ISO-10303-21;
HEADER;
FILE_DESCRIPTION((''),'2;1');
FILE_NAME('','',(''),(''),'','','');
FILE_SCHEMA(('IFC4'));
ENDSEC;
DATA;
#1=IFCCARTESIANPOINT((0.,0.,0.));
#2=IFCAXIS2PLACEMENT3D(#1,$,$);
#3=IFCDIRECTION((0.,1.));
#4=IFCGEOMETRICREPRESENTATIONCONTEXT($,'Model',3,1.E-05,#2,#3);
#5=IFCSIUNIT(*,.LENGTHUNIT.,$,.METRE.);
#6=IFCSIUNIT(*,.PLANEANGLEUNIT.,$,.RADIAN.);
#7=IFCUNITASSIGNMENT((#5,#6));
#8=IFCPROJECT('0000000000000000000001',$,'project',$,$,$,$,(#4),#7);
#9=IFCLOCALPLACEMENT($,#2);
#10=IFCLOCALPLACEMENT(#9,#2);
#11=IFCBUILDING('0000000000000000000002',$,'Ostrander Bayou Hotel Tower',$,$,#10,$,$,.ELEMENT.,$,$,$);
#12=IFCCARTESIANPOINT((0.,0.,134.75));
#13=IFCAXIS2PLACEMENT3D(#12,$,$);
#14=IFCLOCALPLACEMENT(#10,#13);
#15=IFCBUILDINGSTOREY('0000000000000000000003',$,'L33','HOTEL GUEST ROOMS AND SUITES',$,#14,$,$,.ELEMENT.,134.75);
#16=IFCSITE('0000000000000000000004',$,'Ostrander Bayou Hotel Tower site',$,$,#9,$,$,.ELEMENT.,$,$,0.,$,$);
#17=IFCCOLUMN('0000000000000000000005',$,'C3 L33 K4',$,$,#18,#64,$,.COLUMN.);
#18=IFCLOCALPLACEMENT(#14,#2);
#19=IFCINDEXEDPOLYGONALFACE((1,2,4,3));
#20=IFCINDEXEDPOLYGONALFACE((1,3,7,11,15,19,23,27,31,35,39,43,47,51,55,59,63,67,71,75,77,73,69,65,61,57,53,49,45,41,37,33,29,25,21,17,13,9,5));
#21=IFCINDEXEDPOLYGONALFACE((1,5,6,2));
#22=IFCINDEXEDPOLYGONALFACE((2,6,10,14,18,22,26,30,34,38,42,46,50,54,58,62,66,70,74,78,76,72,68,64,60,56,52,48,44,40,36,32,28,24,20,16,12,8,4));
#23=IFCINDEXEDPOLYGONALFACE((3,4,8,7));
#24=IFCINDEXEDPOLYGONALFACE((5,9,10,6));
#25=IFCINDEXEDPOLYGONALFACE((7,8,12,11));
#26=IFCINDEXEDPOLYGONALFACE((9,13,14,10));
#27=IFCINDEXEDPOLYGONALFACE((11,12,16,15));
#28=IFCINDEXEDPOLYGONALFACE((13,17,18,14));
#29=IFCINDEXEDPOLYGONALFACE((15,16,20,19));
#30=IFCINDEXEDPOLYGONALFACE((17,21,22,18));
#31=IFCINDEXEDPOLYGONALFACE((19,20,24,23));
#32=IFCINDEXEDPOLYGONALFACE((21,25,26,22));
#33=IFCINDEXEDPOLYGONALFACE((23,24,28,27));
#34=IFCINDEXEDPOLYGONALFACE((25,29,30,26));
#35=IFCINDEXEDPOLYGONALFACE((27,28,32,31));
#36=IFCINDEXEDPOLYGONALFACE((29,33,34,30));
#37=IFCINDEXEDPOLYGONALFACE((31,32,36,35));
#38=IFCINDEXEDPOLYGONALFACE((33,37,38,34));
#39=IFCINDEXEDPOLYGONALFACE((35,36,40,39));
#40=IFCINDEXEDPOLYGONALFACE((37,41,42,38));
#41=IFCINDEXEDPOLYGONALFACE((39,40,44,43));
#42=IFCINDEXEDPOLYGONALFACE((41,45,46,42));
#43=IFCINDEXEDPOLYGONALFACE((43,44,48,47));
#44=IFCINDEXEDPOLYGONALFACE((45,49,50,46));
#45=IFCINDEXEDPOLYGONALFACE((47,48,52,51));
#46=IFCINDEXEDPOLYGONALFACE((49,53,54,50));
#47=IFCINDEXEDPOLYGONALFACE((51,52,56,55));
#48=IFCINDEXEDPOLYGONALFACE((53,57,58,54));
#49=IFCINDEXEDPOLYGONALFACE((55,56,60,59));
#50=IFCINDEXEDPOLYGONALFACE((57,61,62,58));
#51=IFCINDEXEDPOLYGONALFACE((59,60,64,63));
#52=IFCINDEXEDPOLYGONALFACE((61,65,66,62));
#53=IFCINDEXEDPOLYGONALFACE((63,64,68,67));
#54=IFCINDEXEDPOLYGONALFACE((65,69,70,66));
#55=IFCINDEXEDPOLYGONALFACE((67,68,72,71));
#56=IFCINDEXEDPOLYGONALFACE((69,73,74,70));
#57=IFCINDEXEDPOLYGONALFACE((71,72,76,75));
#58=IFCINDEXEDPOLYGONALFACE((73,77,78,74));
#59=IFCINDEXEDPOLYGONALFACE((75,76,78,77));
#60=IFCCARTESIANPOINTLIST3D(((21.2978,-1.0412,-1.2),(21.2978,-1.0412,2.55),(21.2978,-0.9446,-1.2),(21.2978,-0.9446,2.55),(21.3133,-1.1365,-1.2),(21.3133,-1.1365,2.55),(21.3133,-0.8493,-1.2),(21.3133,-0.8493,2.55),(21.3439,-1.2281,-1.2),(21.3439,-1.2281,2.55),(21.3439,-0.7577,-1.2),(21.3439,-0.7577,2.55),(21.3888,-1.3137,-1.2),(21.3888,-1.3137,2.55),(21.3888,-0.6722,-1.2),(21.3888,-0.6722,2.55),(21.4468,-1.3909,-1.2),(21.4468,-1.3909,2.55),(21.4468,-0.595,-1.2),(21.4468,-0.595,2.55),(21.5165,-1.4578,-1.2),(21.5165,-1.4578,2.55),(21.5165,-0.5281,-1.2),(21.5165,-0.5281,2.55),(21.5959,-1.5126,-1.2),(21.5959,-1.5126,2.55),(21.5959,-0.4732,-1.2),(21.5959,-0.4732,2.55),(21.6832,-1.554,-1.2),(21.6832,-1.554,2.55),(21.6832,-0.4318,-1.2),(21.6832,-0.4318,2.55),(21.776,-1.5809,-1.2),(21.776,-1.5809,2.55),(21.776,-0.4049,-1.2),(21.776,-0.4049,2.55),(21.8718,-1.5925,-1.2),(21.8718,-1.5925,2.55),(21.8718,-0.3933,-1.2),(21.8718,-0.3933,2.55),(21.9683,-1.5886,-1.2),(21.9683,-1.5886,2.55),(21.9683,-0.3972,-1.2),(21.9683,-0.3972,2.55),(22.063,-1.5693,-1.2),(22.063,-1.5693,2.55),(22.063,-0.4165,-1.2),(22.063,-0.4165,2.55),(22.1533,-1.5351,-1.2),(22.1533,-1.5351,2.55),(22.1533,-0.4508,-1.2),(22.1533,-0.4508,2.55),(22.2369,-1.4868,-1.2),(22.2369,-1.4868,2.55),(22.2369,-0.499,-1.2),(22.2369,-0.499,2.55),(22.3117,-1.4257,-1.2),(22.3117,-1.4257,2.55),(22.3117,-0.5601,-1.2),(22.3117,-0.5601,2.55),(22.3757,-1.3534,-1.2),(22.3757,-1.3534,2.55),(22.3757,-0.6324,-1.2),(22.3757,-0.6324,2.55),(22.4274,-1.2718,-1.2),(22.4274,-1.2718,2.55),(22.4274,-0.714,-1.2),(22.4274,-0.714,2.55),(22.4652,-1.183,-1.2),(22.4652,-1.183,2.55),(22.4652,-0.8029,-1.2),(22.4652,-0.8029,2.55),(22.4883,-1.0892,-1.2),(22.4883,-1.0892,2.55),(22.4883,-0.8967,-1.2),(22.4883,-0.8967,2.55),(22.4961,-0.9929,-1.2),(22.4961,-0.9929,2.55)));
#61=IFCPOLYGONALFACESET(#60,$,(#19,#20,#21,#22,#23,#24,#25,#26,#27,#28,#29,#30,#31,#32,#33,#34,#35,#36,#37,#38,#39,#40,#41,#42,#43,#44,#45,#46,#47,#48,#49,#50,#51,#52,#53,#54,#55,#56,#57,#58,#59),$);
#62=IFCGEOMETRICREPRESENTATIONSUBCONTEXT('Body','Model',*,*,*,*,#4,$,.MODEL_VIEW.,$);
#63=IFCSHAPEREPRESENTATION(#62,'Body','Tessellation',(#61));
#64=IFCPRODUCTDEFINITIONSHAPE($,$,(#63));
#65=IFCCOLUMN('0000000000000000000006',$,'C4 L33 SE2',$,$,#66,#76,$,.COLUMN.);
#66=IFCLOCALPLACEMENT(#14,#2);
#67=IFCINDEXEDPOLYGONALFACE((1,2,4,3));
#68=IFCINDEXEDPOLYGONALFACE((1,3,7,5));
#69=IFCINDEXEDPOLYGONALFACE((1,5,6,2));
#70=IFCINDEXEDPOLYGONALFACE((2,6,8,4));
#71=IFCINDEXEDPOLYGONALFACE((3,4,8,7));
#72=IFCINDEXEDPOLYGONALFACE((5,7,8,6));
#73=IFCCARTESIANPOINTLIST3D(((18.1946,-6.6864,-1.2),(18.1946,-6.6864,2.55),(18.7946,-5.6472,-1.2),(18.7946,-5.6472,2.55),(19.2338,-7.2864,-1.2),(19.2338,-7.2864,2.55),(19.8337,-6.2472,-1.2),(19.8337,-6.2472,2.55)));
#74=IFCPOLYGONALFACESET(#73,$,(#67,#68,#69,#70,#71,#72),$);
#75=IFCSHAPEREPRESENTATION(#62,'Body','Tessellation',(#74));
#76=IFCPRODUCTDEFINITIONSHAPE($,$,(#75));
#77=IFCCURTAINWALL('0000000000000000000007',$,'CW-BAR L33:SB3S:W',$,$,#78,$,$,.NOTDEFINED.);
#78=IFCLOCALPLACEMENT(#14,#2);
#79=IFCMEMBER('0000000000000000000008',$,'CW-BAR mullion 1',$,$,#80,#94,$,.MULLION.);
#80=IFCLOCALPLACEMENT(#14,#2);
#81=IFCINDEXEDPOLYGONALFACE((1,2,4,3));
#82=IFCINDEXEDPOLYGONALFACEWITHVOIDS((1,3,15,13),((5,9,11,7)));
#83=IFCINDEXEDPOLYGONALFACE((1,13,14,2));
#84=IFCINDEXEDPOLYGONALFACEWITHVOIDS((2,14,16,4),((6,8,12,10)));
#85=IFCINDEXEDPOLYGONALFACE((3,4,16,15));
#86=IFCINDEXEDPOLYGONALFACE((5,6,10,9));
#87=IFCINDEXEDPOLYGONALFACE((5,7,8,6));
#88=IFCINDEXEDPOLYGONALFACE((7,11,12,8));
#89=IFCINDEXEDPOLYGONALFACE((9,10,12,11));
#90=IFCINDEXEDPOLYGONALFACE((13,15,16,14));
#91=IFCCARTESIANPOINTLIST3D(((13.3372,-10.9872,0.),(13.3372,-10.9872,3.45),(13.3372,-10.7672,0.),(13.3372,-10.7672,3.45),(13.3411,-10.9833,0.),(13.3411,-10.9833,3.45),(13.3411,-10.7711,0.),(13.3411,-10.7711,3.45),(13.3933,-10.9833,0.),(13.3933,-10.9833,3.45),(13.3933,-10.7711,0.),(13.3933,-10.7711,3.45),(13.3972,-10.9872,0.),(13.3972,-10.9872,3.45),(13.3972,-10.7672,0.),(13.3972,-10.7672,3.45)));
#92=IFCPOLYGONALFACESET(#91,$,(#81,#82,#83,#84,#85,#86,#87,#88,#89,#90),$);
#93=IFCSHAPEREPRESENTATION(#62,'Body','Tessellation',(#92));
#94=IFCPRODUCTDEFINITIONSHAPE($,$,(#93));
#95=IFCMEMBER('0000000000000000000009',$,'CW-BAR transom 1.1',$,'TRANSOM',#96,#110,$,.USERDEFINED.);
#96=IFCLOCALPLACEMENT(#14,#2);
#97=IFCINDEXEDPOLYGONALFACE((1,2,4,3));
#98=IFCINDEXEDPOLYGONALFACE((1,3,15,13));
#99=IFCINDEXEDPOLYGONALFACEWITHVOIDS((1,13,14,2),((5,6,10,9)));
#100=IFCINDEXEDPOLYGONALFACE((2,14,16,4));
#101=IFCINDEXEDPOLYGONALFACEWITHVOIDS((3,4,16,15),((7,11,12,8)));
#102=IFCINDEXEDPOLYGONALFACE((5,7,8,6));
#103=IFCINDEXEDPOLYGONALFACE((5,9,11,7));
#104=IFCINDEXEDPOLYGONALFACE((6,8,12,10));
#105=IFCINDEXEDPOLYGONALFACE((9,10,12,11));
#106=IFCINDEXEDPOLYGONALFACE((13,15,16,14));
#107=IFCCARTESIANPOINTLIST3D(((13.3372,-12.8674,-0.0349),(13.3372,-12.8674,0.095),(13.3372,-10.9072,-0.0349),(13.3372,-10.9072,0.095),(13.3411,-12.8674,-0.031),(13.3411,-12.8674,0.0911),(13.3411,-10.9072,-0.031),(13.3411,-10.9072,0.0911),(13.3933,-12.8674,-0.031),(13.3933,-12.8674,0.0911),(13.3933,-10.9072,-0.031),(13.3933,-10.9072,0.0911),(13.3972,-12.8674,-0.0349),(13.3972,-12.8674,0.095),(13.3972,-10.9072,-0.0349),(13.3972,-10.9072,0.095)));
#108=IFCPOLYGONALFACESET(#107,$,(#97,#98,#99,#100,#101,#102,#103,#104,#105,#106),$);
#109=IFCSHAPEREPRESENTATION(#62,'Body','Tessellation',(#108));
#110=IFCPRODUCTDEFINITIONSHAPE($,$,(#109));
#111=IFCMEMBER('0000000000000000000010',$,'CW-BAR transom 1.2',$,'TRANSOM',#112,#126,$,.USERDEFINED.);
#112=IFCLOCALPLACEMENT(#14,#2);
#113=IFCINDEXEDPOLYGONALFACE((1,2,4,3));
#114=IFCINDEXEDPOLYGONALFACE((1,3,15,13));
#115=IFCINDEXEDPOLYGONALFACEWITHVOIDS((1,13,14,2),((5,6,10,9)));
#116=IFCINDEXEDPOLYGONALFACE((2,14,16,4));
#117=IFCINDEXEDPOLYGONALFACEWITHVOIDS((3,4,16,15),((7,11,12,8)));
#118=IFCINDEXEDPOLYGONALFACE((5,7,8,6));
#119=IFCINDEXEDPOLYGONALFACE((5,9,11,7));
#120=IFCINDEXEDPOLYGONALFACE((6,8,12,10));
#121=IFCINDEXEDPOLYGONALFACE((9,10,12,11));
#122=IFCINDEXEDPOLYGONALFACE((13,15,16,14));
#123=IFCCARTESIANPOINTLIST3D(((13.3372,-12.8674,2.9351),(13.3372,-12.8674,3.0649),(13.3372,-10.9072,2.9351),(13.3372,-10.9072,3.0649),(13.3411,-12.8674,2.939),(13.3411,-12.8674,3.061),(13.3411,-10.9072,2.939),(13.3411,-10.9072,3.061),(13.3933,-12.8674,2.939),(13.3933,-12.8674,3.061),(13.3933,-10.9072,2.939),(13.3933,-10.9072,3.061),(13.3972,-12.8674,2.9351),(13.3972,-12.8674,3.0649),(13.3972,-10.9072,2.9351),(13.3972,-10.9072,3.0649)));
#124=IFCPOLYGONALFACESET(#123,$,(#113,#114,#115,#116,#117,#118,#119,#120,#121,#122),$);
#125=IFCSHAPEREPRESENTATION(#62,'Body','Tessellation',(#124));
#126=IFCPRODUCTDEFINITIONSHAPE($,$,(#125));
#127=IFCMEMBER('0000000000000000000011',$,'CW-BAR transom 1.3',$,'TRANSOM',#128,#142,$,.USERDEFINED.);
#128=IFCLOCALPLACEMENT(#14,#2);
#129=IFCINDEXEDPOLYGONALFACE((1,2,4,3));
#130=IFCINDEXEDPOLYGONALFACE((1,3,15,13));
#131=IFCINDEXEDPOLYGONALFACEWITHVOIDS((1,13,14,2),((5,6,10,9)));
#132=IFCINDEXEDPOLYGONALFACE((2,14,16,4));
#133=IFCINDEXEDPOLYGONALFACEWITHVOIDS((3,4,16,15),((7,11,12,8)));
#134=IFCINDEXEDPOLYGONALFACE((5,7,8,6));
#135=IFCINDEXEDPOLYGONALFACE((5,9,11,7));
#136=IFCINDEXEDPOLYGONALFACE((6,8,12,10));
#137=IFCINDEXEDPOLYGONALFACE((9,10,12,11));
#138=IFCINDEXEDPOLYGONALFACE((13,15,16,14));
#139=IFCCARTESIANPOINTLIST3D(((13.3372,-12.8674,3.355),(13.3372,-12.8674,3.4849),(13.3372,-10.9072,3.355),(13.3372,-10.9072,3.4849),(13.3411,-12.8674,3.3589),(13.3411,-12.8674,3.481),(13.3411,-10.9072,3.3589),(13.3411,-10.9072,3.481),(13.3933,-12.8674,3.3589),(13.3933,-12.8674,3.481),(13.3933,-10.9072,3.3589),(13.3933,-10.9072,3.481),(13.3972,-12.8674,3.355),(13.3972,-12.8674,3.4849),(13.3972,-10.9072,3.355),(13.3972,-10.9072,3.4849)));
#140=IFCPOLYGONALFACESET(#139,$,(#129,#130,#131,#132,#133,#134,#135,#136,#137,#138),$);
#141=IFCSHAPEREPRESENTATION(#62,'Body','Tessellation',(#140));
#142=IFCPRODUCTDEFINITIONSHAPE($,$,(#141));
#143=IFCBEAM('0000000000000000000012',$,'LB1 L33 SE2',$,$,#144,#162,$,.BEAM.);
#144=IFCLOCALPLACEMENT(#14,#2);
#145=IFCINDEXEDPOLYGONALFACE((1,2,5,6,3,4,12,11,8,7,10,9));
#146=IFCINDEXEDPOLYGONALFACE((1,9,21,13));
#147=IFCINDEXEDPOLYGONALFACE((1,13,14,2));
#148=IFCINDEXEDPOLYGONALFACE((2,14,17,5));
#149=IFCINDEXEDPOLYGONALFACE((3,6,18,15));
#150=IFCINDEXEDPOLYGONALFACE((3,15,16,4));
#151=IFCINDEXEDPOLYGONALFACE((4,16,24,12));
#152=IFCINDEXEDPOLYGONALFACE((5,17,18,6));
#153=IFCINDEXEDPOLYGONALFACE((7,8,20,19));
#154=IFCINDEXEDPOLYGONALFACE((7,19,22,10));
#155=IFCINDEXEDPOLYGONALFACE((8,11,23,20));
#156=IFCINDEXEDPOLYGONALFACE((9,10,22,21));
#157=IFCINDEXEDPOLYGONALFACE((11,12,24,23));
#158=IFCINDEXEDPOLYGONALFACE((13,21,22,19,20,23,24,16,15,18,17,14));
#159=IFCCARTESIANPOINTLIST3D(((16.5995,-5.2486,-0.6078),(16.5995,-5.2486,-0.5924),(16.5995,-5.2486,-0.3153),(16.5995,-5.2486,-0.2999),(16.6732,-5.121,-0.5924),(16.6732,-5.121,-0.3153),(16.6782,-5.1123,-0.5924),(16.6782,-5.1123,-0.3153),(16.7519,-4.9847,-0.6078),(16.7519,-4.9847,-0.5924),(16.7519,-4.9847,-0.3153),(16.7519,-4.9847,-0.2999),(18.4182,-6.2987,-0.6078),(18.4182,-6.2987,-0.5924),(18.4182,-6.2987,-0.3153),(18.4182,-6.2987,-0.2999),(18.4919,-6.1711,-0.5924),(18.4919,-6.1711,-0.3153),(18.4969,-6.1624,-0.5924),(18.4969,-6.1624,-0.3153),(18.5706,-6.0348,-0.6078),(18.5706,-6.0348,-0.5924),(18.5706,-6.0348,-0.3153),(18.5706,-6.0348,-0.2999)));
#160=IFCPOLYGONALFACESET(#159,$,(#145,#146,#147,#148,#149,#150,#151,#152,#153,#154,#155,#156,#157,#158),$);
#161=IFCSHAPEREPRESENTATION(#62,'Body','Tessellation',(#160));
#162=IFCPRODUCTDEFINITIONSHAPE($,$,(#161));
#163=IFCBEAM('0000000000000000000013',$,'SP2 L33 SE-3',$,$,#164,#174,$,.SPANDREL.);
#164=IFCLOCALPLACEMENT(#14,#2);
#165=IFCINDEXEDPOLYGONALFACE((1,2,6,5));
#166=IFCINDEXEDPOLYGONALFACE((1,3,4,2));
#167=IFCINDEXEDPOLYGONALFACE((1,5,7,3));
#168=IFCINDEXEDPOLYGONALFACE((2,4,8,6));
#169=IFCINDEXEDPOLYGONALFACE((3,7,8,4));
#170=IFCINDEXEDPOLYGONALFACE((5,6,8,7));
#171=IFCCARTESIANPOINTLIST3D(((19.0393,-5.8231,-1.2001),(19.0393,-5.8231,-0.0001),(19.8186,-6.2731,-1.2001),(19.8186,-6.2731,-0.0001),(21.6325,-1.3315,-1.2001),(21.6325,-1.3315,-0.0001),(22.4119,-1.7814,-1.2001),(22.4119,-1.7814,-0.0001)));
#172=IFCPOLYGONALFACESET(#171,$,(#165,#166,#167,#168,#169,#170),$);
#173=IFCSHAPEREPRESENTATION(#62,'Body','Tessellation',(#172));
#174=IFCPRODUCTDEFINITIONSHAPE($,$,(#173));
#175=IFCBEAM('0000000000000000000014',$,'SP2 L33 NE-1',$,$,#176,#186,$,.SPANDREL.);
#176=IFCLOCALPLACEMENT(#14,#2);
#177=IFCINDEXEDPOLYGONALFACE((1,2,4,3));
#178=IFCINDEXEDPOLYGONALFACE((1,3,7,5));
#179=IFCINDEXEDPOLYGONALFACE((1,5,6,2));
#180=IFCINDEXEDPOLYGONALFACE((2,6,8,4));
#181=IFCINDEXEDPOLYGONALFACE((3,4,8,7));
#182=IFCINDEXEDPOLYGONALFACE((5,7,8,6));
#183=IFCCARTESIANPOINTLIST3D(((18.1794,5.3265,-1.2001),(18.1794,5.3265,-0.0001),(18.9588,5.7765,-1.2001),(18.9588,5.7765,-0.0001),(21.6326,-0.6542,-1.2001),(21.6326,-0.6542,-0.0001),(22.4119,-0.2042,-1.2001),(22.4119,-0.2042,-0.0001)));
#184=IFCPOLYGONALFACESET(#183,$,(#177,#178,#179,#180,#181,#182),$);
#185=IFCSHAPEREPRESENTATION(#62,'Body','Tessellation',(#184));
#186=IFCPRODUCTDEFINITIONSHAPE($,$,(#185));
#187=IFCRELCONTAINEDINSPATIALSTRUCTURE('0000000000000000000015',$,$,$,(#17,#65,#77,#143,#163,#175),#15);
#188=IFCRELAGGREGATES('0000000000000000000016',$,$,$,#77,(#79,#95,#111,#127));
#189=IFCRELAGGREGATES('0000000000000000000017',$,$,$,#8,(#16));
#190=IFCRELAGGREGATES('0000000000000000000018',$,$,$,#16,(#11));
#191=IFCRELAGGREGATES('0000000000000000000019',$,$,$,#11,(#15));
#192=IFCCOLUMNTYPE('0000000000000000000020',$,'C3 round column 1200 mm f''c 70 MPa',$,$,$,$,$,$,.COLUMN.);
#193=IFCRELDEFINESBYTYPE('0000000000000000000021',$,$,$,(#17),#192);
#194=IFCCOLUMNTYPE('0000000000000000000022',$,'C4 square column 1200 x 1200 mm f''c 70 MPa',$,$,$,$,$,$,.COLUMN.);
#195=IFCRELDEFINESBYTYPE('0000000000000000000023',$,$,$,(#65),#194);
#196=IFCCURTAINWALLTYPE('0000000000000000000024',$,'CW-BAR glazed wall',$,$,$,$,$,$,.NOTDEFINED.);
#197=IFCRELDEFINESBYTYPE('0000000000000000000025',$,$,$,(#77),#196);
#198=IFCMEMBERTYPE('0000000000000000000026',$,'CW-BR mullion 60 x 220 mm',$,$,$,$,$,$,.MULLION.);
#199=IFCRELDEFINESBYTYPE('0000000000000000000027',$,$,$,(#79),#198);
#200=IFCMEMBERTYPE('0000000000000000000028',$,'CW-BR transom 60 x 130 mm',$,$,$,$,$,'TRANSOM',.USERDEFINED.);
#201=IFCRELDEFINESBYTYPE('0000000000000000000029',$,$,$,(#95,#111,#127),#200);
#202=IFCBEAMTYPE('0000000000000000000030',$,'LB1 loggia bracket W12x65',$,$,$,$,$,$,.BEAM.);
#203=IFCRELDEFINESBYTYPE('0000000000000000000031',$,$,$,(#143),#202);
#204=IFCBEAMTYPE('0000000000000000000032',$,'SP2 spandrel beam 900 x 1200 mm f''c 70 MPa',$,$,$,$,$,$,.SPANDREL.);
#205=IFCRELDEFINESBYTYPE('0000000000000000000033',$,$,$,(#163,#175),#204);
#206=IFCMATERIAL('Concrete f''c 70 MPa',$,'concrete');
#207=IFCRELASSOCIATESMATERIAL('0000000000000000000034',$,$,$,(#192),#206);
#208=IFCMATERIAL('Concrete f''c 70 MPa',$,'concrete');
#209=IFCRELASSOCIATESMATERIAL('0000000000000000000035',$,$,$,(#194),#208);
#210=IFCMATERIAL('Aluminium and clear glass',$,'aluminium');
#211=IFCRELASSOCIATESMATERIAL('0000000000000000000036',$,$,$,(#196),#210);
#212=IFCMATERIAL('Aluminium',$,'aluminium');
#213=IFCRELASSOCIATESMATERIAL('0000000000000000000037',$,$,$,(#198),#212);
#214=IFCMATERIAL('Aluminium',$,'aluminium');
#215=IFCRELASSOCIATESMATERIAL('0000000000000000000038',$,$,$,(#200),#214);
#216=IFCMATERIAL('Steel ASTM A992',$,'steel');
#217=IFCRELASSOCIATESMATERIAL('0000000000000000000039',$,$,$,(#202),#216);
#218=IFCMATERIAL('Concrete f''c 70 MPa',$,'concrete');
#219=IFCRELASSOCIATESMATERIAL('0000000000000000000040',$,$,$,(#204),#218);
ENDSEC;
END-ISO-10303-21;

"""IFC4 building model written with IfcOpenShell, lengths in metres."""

from ifc_helpers import new_model, si_unit, direction, frame, origin, origin_2d, place, context, subcontext, project, spatial, rectangle, hollow_rectangle, circle, i_section, extrude, material, material_profile, profile_set, type_object, element, aggregate, save


model = new_model("IFC4")

# Units and contexts
model_context = context("Model", 3, precision=1e-05, world=origin(), true_north=direction((0.0, 1.0)))
body_context = subcontext(model_context, "Body", "Model", "MODEL_VIEW")
ifc_project = project(units=[si_unit("LENGTHUNIT", "METRE"), si_unit("PLANEANGLEUNIT", "RADIAN")], contexts=[model_context])

# Site, building, storey
site_placement = place(None, origin())
site = spatial("IfcSite", under=ifc_project, at=site_placement, Name="Ostrander Bayou Hotel Tower site", CompositionType="ELEMENT", RefElevation=0.0)
building_placement = place(site_placement, origin())
building = spatial("IfcBuilding", under=site, at=building_placement, Name="Ostrander Bayou Hotel Tower", CompositionType="ELEMENT")
storey_placement = place(building_placement, frame((0.0, 0.0, 134.75)))
storey = spatial("IfcBuildingStorey", under=building, at=storey_placement, Name="L33", Description="HOTEL GUEST ROOMS AND SUITES", CompositionType="ELEMENT", Elevation=134.75)

# Columns
ifc_material_1 = material(Name="Concrete f'c 70 MPa", Category="concrete")
ifc_material_profile_1 = material_profile(ifc_material_1, circle(Radius=0.6001, at=origin_2d()))
ifc_profile_set_1 = profile_set([ifc_material_profile_1], Name="Concrete f'c 70 MPa")
column_type_1 = type_object("IfcColumnType", Name="C3 round column 1200 mm f'c 70 MPa", PredefinedType="COLUMN", material=ifc_profile_set_1)
column_1_placement = place(storey_placement, frame((21.896, -0.9929, -1.2), z_axis=(0.0, 0.0, 1.0), x_axis=(1.0, 0.0, 0.0)))
element("IfcColumn", 1, at=column_1_placement, inside=storey, type_object=column_type_1, Name="C3 L33 K4", PredefinedType="COLUMN", context=body_context, shape_type="SweptSolid", body=[
    extrude(circle(Radius=0.6001, at=origin_2d()), origin(), (0.0, 0.0, 1.0), 3.75),
])
ifc_material_2 = material(Name="Concrete f'c 70 MPa", Category="concrete")
ifc_material_profile_2 = material_profile(ifc_material_2, rectangle(XDim=1.2, YDim=1.2, at=origin_2d()))
ifc_profile_set_2 = profile_set([ifc_material_profile_2], Name="Concrete f'c 70 MPa")
column_type_2 = type_object("IfcColumnType", Name="C4 square column 1200 x 1200 mm f'c 70 MPa", PredefinedType="COLUMN", material=ifc_profile_set_2)
column_2_placement = place(storey_placement, frame((19.0142, -6.4668, -1.2), z_axis=(0.0, 0.0, 1.0), x_axis=(-0.5, -0.866025, 0.0)))
element("IfcColumn", 2, at=column_2_placement, inside=storey, type_object=column_type_2, Name="C4 L33 SE2", PredefinedType="COLUMN", context=body_context, shape_type="SweptSolid", body=[
    extrude(rectangle(XDim=1.2, YDim=1.2, at=origin_2d()), origin(), (0.0, 0.0, 1.0), 3.75),
])

# Curtain wall, members
ifc_material_3 = material(Name="Aluminium and clear glass", Category="aluminium")
curtain_wall_type = type_object("IfcCurtainWallType", Name="CW-BAR glazed wall", PredefinedType="NOTDEFINED", material=ifc_material_3)
curtain_wall_placement = place(storey_placement, origin())
curtain_wall = element("IfcCurtainWall", 3, at=curtain_wall_placement, inside=storey, type_object=curtain_wall_type, Name="CW-BAR L33:SB3S:W", PredefinedType="NOTDEFINED")
ifc_material_4 = material(Name="Aluminium", Category="aluminium")
ifc_material_profile_3 = material_profile(ifc_material_4, hollow_rectangle(XDim=0.0601, YDim=0.22, WallThickness=0.0039, at=origin_2d()))
ifc_profile_set_3 = profile_set([ifc_material_profile_3], Name="Aluminium")
member_type_1 = type_object("IfcMemberType", Name="CW-BR mullion 60 x 220 mm", PredefinedType="MULLION", material=ifc_profile_set_3)
member_1_placement = place(storey_placement, frame((13.3672, -10.8772, 0.0), z_axis=(0.0, 0.0, 1.0), x_axis=(1.0, 0.0, 0.0)))
member_1 = element("IfcMember", 4, at=member_1_placement, type_object=member_type_1, Name="CW-BAR mullion 1", PredefinedType="MULLION", context=body_context, shape_type="SweptSolid", body=[
    extrude(hollow_rectangle(XDim=0.0601, YDim=0.22, WallThickness=0.0039, at=origin_2d()), origin(), (0.0, 0.0, 1.0), 3.45),
])
ifc_material_5 = material(Name="Aluminium", Category="aluminium")
ifc_material_profile_4 = material_profile(ifc_material_5, hollow_rectangle(XDim=0.0601, YDim=0.1299, WallThickness=0.0039, at=origin_2d()))
ifc_profile_set_4 = profile_set([ifc_material_profile_4], Name="Aluminium")
member_type_2 = type_object("IfcMemberType", Name="CW-BR transom 60 x 130 mm", ElementType="TRANSOM", PredefinedType="USERDEFINED", material=ifc_profile_set_4)
member_2_placement = place(storey_placement, frame((13.3672, -10.9072, 0.03), z_axis=(0.0, -1.0, 0.0), x_axis=(1.0, 0.0, 0.0)))
member_2 = element("IfcMember", 5, at=member_2_placement, type_object=member_type_2, Name="CW-BAR transom 1.1", ObjectType="TRANSOM", PredefinedType="USERDEFINED", context=body_context, shape_type="SweptSolid", body=[
    extrude(hollow_rectangle(XDim=0.0601, YDim=0.1299, WallThickness=0.0039, at=origin_2d()), origin(), (0.0, 0.0, 1.0), 1.9602),
])
member_3_placement = place(storey_placement, frame((13.3672, -10.9072, 3.0), z_axis=(0.0, -1.0, 0.0), x_axis=(1.0, 0.0, 0.0)))
member_3 = element("IfcMember", 6, at=member_3_placement, type_object=member_type_2, Name="CW-BAR transom 1.2", ObjectType="TRANSOM", PredefinedType="USERDEFINED", context=body_context, shape_type="SweptSolid", body=[
    extrude(hollow_rectangle(XDim=0.0601, YDim=0.1299, WallThickness=0.0039, at=origin_2d()), origin(), (0.0, 0.0, 1.0), 1.9602),
])
member_4_placement = place(storey_placement, frame((13.3672, -10.9072, 3.4199), z_axis=(0.0, -1.0, 0.0), x_axis=(1.0, 0.0, 0.0)))
member_4 = element("IfcMember", 7, at=member_4_placement, type_object=member_type_2, Name="CW-BAR transom 1.3", ObjectType="TRANSOM", PredefinedType="USERDEFINED", context=body_context, shape_type="SweptSolid", body=[
    extrude(hollow_rectangle(XDim=0.0601, YDim=0.1299, WallThickness=0.0039, at=origin_2d()), origin(), (0.0, 0.0, 1.0), 1.9602),
])

# Beams
ifc_material_6 = material(Name="Steel ASTM A992", Category="steel")
ifc_material_profile_5 = material_profile(ifc_material_6, i_section(OverallWidth=0.3047, OverallDepth=0.3079, WebThickness=0.01, FlangeThickness=0.0154, at=origin_2d()))
ifc_profile_set_5 = profile_set([ifc_material_profile_5], Name="Steel ASTM A992")
beam_type_1 = type_object("IfcBeamType", Name="LB1 loggia bracket W12x65", PredefinedType="BEAM", material=ifc_profile_set_5)
beam_1_placement = place(storey_placement, frame((18.4944, -6.1667, -0.4539), z_axis=(-0.866009, 0.500028, 0.0), x_axis=(-0.500028, -0.866009, 0.0)))
element("IfcBeam", 8, at=beam_1_placement, inside=storey, type_object=beam_type_1, Name="LB1 L33 SE2", PredefinedType="BEAM", context=body_context, shape_type="SweptSolid", body=[
    extrude(i_section(OverallWidth=0.3047, OverallDepth=0.3079, WebThickness=0.01, FlangeThickness=0.0154, at=origin_2d()), origin(), (0.0, 0.0, 1.0), 2.1001),
])
ifc_material_7 = material(Name="Concrete f'c 70 MPa", Category="concrete")
ifc_material_profile_6 = material_profile(ifc_material_7, rectangle(XDim=0.8999, YDim=1.2, at=origin_2d()))
ifc_profile_set_6 = profile_set([ifc_material_profile_6], Name="Concrete f'c 70 MPa")
beam_type_2 = type_object("IfcBeamType", Name="SP2 spandrel beam 900 x 1200 mm f'c 70 MPa", PredefinedType="SPANDREL", material=ifc_profile_set_6)
beam_2_placement = place(storey_placement, frame((19.429, -6.0481, -0.6001), z_axis=(0.499997, 0.866027, 0.0), x_axis=(-0.866027, 0.499997, 0.0)))
element("IfcBeam", 9, at=beam_2_placement, inside=storey, type_object=beam_type_2, Name="SP2 L33 SE-3", PredefinedType="SPANDREL", context=body_context, shape_type="SweptSolid", body=[
    extrude(rectangle(XDim=0.8999, YDim=1.2, at=origin_2d()), origin(), (0.0, 0.0, 1.0), 5.1865),
])
beam_3_placement = place(storey_placement, frame((22.0222, -0.4292, -0.6001), z_axis=(-0.500017, 0.866015, 0.0), x_axis=(-0.866015, -0.500017, 0.0)))
element("IfcBeam", 10, at=beam_3_placement, inside=storey, type_object=beam_type_2, Name="SP2 L33 NE-1", PredefinedType="SPANDREL", context=body_context, shape_type="SweptSolid", body=[
    extrude(rectangle(XDim=0.8999, YDim=1.2, at=origin_2d()), origin(), (0.0, 0.0, 1.0), 6.906),
])

aggregate(curtain_wall, [member_1, member_2, member_3, member_4])

save(model, "model.ifc")
